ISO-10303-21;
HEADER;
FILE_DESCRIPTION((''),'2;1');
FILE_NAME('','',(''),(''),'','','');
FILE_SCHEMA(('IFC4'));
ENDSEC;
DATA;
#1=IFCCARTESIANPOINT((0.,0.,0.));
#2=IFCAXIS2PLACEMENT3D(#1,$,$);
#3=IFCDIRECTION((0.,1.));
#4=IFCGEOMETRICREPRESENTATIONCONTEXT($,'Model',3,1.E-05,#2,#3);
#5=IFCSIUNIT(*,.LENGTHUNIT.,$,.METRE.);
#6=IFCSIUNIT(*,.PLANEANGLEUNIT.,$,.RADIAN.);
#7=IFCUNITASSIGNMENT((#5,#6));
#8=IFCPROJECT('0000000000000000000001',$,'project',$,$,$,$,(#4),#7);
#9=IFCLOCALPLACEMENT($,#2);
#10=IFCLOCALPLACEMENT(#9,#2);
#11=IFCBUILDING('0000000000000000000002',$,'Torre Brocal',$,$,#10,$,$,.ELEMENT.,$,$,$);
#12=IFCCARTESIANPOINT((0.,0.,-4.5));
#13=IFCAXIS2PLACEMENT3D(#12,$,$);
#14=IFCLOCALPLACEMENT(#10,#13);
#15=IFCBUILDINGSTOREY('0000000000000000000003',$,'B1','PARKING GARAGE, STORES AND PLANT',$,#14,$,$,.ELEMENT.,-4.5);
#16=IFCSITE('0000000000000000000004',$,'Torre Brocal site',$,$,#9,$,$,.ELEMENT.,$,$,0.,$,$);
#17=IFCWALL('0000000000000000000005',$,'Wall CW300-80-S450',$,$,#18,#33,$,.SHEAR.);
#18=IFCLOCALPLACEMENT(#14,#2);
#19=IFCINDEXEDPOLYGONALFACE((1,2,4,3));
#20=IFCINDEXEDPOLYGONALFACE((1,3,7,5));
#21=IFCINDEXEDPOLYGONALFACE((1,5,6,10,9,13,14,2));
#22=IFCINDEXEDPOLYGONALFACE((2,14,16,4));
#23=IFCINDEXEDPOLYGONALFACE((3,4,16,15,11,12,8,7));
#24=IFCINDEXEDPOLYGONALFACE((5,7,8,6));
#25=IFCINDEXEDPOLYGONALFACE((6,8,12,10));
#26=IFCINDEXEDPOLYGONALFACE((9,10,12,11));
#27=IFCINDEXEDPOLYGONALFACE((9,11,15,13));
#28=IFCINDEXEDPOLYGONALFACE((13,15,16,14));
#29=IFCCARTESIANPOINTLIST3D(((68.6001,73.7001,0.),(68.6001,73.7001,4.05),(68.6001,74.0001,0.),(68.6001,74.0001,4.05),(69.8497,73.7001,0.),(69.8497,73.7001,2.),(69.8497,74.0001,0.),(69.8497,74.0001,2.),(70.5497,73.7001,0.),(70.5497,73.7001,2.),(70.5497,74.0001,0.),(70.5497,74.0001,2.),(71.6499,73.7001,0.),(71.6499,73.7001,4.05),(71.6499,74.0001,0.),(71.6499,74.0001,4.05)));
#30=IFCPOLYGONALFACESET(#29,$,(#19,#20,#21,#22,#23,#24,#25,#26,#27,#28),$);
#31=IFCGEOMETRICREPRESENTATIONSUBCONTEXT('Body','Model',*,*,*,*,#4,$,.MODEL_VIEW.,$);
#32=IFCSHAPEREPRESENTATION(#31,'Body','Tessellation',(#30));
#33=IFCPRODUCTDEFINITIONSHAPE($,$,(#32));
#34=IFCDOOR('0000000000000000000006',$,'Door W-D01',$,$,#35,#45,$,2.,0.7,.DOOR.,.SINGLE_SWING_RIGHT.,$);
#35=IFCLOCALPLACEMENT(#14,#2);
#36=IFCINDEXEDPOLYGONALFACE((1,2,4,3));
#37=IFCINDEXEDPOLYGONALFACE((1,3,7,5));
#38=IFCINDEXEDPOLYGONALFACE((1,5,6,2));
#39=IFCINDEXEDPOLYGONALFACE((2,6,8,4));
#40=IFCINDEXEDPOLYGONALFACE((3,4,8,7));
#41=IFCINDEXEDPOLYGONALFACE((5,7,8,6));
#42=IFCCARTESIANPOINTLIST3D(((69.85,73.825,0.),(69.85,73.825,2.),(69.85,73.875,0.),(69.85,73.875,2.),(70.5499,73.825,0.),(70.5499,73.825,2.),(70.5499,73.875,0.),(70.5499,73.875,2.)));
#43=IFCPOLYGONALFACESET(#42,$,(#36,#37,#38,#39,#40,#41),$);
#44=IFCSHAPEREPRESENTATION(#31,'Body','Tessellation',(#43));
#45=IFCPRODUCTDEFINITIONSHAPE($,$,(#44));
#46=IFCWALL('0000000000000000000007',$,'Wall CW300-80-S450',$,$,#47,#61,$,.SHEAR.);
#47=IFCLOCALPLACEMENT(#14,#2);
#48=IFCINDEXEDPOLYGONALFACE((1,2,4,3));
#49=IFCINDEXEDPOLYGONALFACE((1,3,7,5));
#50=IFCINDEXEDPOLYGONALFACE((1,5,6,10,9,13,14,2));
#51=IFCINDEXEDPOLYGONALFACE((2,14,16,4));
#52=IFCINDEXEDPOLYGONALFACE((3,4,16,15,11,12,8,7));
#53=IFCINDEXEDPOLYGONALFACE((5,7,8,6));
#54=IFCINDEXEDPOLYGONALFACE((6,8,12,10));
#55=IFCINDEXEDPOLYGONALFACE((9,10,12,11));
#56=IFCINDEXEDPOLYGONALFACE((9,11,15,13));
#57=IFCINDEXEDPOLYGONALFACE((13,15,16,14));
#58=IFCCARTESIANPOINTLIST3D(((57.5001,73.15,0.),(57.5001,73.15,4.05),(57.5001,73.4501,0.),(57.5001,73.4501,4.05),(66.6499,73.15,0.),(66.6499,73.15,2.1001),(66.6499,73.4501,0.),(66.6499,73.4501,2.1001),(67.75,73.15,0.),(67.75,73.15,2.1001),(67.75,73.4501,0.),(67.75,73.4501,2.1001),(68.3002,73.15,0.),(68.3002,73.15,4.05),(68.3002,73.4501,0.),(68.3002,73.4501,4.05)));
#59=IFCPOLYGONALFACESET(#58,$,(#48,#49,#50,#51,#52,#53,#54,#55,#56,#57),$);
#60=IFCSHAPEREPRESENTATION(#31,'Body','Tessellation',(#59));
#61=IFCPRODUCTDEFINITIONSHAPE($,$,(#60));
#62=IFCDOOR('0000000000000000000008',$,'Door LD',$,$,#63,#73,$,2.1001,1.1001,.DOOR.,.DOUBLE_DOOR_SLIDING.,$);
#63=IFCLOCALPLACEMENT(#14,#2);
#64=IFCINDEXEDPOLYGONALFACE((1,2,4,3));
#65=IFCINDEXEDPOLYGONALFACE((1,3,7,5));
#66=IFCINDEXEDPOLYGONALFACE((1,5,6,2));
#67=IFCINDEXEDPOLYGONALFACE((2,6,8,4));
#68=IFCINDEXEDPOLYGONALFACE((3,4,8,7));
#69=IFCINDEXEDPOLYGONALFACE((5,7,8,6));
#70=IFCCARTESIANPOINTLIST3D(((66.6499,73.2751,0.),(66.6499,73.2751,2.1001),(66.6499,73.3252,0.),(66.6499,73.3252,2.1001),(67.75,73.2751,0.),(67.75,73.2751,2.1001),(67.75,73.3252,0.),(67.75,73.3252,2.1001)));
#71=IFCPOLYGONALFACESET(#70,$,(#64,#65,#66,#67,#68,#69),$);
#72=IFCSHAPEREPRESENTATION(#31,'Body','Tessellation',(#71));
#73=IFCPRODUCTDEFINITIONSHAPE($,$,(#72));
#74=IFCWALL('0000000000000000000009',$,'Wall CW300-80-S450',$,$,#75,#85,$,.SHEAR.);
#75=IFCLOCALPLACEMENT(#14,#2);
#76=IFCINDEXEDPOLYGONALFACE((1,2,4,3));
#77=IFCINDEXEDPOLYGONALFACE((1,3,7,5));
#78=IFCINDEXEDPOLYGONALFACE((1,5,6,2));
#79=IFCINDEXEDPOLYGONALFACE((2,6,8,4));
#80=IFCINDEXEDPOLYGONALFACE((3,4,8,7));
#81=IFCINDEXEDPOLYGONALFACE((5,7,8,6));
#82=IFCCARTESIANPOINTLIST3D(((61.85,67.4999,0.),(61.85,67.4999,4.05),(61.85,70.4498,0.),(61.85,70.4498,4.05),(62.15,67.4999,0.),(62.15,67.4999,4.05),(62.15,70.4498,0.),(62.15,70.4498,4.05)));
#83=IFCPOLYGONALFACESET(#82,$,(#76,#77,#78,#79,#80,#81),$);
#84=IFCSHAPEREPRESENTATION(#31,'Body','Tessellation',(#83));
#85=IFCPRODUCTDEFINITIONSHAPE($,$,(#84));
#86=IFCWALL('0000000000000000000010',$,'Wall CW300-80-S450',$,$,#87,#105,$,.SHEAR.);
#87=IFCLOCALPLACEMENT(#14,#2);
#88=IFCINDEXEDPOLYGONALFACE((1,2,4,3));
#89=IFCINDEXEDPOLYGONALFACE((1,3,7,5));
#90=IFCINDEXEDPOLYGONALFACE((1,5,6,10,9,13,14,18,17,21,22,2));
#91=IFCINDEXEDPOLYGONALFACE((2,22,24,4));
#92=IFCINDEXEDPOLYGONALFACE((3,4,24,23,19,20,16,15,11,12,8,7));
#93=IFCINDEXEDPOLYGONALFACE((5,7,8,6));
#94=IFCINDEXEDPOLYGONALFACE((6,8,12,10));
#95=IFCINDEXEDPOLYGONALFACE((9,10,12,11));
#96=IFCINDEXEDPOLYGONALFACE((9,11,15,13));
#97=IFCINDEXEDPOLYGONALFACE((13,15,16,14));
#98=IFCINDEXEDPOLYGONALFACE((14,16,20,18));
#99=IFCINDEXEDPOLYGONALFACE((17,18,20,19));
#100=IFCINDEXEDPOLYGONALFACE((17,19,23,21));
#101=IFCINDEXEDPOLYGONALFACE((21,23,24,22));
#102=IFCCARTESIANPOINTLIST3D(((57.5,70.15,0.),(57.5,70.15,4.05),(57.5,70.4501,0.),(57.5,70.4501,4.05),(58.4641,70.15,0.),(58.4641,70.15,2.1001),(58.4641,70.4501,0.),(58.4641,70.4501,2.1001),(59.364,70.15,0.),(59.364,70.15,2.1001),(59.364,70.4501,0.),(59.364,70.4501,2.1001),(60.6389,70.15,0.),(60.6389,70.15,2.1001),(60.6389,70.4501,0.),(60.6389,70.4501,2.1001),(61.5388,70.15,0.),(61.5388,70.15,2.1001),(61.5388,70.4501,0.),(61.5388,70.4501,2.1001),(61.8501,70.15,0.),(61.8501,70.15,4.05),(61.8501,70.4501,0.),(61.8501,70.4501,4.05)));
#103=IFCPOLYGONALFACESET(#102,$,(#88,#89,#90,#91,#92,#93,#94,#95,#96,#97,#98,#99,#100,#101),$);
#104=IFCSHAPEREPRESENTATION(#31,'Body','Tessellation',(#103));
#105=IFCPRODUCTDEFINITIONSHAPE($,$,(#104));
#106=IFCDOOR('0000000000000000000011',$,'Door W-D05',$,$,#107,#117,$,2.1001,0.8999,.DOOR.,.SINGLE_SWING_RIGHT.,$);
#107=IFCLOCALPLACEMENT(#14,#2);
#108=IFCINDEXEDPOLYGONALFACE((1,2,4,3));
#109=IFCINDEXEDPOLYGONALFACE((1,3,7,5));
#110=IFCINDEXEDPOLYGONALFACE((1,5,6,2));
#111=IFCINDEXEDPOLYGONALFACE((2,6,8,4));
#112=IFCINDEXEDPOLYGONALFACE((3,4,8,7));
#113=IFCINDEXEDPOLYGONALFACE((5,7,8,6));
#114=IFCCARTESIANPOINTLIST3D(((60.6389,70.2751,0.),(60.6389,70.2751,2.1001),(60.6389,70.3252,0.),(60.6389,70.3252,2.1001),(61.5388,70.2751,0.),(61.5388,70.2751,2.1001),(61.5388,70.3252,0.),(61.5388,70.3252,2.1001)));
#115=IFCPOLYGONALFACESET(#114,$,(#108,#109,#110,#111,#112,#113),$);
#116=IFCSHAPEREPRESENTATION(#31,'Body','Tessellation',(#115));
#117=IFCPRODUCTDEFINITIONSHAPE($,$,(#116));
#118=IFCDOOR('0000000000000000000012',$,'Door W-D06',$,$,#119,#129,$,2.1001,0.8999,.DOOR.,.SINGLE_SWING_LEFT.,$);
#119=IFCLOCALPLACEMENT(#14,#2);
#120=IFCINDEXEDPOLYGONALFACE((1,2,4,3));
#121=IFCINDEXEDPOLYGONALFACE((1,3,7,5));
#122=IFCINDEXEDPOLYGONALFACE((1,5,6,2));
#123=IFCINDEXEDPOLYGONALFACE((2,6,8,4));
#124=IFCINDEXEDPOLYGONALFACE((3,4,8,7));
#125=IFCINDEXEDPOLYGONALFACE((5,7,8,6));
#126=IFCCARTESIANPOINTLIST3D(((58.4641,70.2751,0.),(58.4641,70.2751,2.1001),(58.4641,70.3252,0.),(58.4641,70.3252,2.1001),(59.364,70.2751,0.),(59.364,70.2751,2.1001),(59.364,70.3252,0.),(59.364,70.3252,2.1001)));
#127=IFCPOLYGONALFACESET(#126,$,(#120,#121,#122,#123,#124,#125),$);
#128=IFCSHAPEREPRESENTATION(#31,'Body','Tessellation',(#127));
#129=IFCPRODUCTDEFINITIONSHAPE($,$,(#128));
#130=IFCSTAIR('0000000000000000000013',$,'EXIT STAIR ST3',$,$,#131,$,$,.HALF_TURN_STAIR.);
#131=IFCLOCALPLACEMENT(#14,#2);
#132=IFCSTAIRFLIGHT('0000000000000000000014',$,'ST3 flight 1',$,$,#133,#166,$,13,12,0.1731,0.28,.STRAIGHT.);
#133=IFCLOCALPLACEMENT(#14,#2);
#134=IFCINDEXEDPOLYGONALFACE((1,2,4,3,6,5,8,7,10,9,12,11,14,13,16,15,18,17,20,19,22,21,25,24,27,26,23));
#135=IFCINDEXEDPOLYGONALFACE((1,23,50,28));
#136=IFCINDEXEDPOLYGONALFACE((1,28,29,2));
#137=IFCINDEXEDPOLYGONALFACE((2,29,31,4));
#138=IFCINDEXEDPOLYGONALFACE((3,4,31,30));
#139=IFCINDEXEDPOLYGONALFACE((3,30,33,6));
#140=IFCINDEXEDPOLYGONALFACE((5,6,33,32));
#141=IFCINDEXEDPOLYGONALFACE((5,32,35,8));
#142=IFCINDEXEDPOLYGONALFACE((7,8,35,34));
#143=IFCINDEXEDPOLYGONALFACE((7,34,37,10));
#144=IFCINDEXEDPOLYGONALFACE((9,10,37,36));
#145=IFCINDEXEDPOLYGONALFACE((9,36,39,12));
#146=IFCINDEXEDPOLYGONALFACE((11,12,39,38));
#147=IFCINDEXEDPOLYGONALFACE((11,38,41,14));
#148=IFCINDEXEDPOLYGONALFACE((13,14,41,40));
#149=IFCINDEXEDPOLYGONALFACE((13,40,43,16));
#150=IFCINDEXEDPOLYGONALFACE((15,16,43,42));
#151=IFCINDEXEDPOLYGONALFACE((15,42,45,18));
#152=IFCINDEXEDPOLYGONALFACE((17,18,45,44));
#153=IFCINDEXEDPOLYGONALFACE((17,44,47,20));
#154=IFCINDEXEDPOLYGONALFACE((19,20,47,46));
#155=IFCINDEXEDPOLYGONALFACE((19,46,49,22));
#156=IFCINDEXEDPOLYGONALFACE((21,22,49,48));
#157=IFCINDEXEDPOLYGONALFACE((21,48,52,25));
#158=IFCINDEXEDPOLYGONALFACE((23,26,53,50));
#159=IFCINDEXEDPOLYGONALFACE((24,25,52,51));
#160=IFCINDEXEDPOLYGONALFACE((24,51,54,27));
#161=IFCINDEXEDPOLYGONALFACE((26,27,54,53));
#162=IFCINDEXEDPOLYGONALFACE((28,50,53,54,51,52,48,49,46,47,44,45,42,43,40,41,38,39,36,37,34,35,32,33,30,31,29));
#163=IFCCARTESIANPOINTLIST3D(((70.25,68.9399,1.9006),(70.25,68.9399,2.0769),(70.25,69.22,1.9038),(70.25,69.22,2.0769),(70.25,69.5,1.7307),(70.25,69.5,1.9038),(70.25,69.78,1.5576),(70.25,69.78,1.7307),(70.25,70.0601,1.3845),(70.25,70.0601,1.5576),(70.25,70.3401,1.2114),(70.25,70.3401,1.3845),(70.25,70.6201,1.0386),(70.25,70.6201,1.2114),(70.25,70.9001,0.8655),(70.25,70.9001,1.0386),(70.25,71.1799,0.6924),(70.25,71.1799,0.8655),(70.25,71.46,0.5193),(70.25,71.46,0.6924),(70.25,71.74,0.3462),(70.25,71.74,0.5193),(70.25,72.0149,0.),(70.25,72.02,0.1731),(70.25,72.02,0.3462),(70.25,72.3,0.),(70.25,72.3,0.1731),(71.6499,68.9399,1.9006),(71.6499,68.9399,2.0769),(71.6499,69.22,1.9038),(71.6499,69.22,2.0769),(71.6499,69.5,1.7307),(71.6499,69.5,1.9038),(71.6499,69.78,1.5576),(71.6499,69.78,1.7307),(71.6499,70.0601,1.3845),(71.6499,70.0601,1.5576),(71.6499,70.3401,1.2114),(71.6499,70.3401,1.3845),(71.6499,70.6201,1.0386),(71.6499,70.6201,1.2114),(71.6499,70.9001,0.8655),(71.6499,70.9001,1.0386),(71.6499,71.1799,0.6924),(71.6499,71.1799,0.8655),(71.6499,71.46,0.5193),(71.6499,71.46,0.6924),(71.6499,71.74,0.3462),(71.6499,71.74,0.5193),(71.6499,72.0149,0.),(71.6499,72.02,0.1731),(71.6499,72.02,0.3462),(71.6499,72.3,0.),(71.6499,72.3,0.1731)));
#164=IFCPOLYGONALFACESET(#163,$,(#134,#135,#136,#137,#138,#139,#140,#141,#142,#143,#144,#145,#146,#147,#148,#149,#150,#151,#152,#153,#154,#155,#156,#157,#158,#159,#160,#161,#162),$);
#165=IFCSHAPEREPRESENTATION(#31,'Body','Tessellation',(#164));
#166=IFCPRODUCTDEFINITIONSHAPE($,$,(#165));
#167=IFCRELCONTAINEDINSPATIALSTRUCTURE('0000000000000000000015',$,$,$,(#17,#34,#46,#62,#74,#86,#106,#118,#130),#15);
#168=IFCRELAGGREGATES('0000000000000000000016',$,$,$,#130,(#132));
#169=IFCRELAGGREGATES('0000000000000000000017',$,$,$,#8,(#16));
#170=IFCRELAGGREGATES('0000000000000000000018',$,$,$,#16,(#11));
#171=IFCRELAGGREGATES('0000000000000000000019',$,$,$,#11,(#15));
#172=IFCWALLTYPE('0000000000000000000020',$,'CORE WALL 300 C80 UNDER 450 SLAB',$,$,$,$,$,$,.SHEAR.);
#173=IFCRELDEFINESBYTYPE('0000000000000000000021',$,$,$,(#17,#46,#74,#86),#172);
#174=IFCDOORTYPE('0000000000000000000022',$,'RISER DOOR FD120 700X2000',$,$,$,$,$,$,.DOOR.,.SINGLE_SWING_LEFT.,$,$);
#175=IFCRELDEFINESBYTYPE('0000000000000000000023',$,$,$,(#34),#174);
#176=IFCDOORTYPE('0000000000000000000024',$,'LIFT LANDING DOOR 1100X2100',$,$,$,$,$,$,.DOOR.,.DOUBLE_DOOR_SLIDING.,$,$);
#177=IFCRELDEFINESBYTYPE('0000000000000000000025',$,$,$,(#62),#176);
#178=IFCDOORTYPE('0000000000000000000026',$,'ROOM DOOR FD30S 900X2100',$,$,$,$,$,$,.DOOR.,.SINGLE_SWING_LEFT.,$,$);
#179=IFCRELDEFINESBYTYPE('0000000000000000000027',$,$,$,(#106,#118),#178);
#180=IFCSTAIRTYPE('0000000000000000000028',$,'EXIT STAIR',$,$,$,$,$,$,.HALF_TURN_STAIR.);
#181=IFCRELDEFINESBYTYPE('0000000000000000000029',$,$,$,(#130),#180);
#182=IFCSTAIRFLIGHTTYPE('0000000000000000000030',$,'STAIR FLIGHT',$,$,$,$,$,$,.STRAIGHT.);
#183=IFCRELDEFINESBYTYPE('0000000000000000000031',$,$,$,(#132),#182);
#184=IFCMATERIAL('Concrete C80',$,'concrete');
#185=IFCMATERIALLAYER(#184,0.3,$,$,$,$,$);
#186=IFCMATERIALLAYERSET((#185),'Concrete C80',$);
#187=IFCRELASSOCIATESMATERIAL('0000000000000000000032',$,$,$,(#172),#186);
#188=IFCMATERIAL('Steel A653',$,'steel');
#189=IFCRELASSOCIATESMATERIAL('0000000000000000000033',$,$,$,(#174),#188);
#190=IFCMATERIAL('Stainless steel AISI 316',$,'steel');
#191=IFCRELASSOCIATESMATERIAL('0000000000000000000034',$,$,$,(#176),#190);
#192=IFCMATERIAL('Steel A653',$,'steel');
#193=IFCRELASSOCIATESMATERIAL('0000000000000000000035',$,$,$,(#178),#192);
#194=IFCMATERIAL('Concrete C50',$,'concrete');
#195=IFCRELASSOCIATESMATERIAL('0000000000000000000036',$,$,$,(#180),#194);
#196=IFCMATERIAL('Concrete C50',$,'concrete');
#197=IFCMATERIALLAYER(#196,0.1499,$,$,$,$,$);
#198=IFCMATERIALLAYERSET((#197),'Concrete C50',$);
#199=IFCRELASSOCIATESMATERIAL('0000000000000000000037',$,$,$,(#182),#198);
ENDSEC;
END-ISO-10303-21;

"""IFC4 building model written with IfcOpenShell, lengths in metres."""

from ifc_helpers import new_model, si_unit, direction, frame, frame_2d, origin, place, context, subcontext, project, spatial, polyline, rectangle, outline, extrude, material, layer, layer_set, type_object, element, fill, aggregate, save


model = new_model("IFC4")

# Units and contexts
model_context = context("Model", 3, precision=1e-05, world=origin(), true_north=direction((0.0, 1.0)))
body_context = subcontext(model_context, "Body", "Model", "MODEL_VIEW")
ifc_project = project(units=[si_unit("LENGTHUNIT", "METRE"), si_unit("PLANEANGLEUNIT", "RADIAN")], contexts=[model_context])

# Site, building, storey
site_placement = place(None, origin())
site = spatial("IfcSite", under=ifc_project, at=site_placement, Name="Torre Brocal site", CompositionType="ELEMENT", RefElevation=0.0)
building_placement = place(site_placement, origin())
building = spatial("IfcBuilding", under=site, at=building_placement, Name="Torre Brocal", CompositionType="ELEMENT")
storey_placement = place(building_placement, frame((0.0, 0.0, -4.5)))
storey = spatial("IfcBuildingStorey", under=building, at=storey_placement, Name="B1", Description="PARKING GARAGE, STORES AND PLANT", CompositionType="ELEMENT", Elevation=-4.5)

# Walls, openings, doors
ifc_material_1 = material(Name="Concrete C80", Category="concrete")
ifc_layer_1 = layer(ifc_material_1, 0.3)
ifc_layer_set_1 = layer_set([ifc_layer_1], Name="Concrete C80")
wall_type_1 = type_object("IfcWallType", Name="CORE WALL 300 C80 UNDER 450 SLAB", PredefinedType="SHEAR", material=ifc_layer_set_1)
wall_1_placement = place(storey_placement, frame((71.6499, 73.8501, 0.0), z_axis=(0.0, 0.0, 1.0), x_axis=(-1.0, 0.0, 0.0)))
wall_1 = element("IfcWall", 1, at=wall_1_placement, inside=storey, type_object=wall_type_1, Name="Wall CW300-80-S450", PredefinedType="SHEAR", context=body_context, shape_type="SweptSolid", body=[
    extrude(rectangle(XDim=3.0498, YDim=0.3, at=frame_2d((1.5249, 0.0))), origin(), (0.0, 0.0, 1.0), 4.05),
])
opening_1_placement = place(wall_1_placement, frame((1.1001, 0.0, 0.0)))
opening_1 = element("IfcOpeningElement", 2, at=opening_1_placement, cuts=wall_1, PredefinedType="OPENING", context=body_context, shape_type="SweptSolid", body=[
    extrude(rectangle(XDim=0.7, YDim=2.0, at=frame_2d((0.3501, 1.0))), frame((0.0, 0.1599, 0.0), z_axis=(0.0, -1.0, 0.0), x_axis=(1.0, 0.0, 0.0)), (0.0, 0.0, 1.0), 0.3201),
])
ifc_material_2 = material(Name="Steel A653", Category="steel")
door_type_1 = type_object("IfcDoorType", Name="RISER DOOR FD120 700X2000", OperationType="SINGLE_SWING_LEFT", PredefinedType="DOOR", material=ifc_material_2)
door_1_placement = place(opening_1_placement, frame((0.7, 0.0, 0.0), z_axis=(0.0, 0.0, 1.0), x_axis=(-1.0, 0.0, 0.0)))
door_1 = element("IfcDoor", 3, at=door_1_placement, inside=storey, type_object=door_type_1, Name="Door W-D01", OperationType="SINGLE_SWING_RIGHT", OverallHeight=2.0, OverallWidth=0.7, PredefinedType="DOOR", context=body_context, shape_type="SweptSolid", body=[
    extrude(rectangle(XDim=0.7, YDim=2.0, at=frame_2d((0.3501, 1.0))), frame((0.0, 0.0249, 0.0), z_axis=(0.0, -1.0, 0.0), x_axis=(1.0, 0.0, 0.0)), (0.0, 0.0, 1.0), 0.05),
])
fill(opening_1, door_1)
wall_2_placement = place(storey_placement, frame((68.3, 73.3, 0.0), z_axis=(0.0, 0.0, 1.0), x_axis=(-1.0, 0.0, 0.0)))
wall_2 = element("IfcWall", 4, at=wall_2_placement, inside=storey, type_object=wall_type_1, Name="Wall CW300-80-S450", PredefinedType="SHEAR", context=body_context, shape_type="SweptSolid", body=[
    extrude(rectangle(XDim=10.8, YDim=0.3, at=frame_2d((5.3999, 0.0))), origin(), (0.0, 0.0, 1.0), 4.05),
])
opening_2_placement = place(wall_2_placement, frame((0.55, 0.0, 0.0)))
opening_2 = element("IfcOpeningElement", 5, at=opening_2_placement, cuts=wall_2, PredefinedType="OPENING", context=body_context, shape_type="SweptSolid", body=[
    extrude(rectangle(XDim=1.1001, YDim=2.1001, at=frame_2d((0.55, 1.05))), frame((0.0, 0.1599, 0.0), z_axis=(0.0, -1.0, 0.0), x_axis=(1.0, 0.0, 0.0)), (0.0, 0.0, 1.0), 0.3201),
])
ifc_material_3 = material(Name="Stainless steel AISI 316", Category="steel")
door_type_2 = type_object("IfcDoorType", Name="LIFT LANDING DOOR 1100X2100", OperationType="DOUBLE_DOOR_SLIDING", PredefinedType="DOOR", material=ifc_material_3)
door_2_placement = place(opening_2_placement, origin())
door_2 = element("IfcDoor", 6, at=door_2_placement, inside=storey, type_object=door_type_2, Name="Door LD", OperationType="DOUBLE_DOOR_SLIDING", OverallHeight=2.1001, OverallWidth=1.1001, PredefinedType="DOOR", context=body_context, shape_type="SweptSolid", body=[
    extrude(rectangle(XDim=1.1001, YDim=2.1001, at=frame_2d((0.55, 1.05))), frame((0.0, 0.0249, 0.0), z_axis=(0.0, -1.0, 0.0), x_axis=(1.0, 0.0, 0.0)), (0.0, 0.0, 1.0), 0.05),
])
fill(opening_2, door_2)

# Wall
wall_3_placement = place(storey_placement, frame((62.0, 70.45, 0.0), z_axis=(0.0, 0.0, 1.0), x_axis=(0.0, -1.0, 0.0)))
element("IfcWall", 7, at=wall_3_placement, inside=storey, type_object=wall_type_1, Name="Wall CW300-80-S450", PredefinedType="SHEAR", context=body_context, shape_type="SweptSolid", body=[
    extrude(rectangle(XDim=2.95, YDim=0.3, at=frame_2d((1.4751, 0.0))), origin(), (0.0, 0.0, 1.0), 4.05),
])

# Wall, openings, doors
wall_4_placement = place(storey_placement, frame((61.8501, 70.3, 0.0), z_axis=(0.0, 0.0, 1.0), x_axis=(-1.0, 0.0, 0.0)))
wall_4 = element("IfcWall", 8, at=wall_4_placement, inside=storey, type_object=wall_type_1, Name="Wall CW300-80-S450", PredefinedType="SHEAR", context=body_context, shape_type="SweptSolid", body=[
    extrude(rectangle(XDim=4.3501, YDim=0.3, at=frame_2d((2.175, 0.0))), origin(), (0.0, 0.0, 1.0), 4.05),
])
opening_3_placement = place(wall_4_placement, frame((0.3113, 0.0, 0.0)))
opening_3 = element("IfcOpeningElement", 9, at=opening_3_placement, cuts=wall_4, PredefinedType="OPENING", context=body_context, shape_type="SweptSolid", body=[
    extrude(rectangle(XDim=0.8999, YDim=2.1001, at=frame_2d((0.45, 1.05))), frame((0.0, 0.1599, 0.0), z_axis=(0.0, -1.0, 0.0), x_axis=(1.0, 0.0, 0.0)), (0.0, 0.0, 1.0), 0.3201),
])
opening_4_placement = place(wall_4_placement, frame((2.4861, 0.0, 0.0)))
opening_4 = element("IfcOpeningElement", 10, at=opening_4_placement, cuts=wall_4, PredefinedType="OPENING", context=body_context, shape_type="SweptSolid", body=[
    extrude(rectangle(XDim=0.8999, YDim=2.1001, at=frame_2d((0.45, 1.05))), frame((0.0, 0.1599, 0.0), z_axis=(0.0, -1.0, 0.0), x_axis=(1.0, 0.0, 0.0)), (0.0, 0.0, 1.0), 0.3201),
])
ifc_material_4 = material(Name="Steel A653", Category="steel")
door_type_3 = type_object("IfcDoorType", Name="ROOM DOOR FD30S 900X2100", OperationType="SINGLE_SWING_LEFT", PredefinedType="DOOR", material=ifc_material_4)
door_3_placement = place(opening_3_placement, origin())
door_3 = element("IfcDoor", 11, at=door_3_placement, inside=storey, type_object=door_type_3, Name="Door W-D05", OperationType="SINGLE_SWING_RIGHT", OverallHeight=2.1001, OverallWidth=0.8999, PredefinedType="DOOR", context=body_context, shape_type="SweptSolid", body=[
    extrude(rectangle(XDim=0.8999, YDim=2.1001, at=frame_2d((0.45, 1.05))), frame((0.0, 0.0249, 0.0), z_axis=(0.0, -1.0, 0.0), x_axis=(1.0, 0.0, 0.0)), (0.0, 0.0, 1.0), 0.05),
])
fill(opening_3, door_3)
door_4_placement = place(opening_4_placement, origin())
door_4 = element("IfcDoor", 12, at=door_4_placement, inside=storey, type_object=door_type_3, Name="Door W-D06", OperationType="SINGLE_SWING_LEFT", OverallHeight=2.1001, OverallWidth=0.8999, PredefinedType="DOOR", context=body_context, shape_type="SweptSolid", body=[
    extrude(rectangle(XDim=0.8999, YDim=2.1001, at=frame_2d((0.45, 1.05))), frame((0.0, 0.0249, 0.0), z_axis=(0.0, -1.0, 0.0), x_axis=(1.0, 0.0, 0.0)), (0.0, 0.0, 1.0), 0.05),
])
fill(opening_4, door_4)

# Stair, stair flight
ifc_material_5 = material(Name="Concrete C50", Category="concrete")
stair_type = type_object("IfcStairType", Name="EXIT STAIR", PredefinedType="HALF_TURN_STAIR", material=ifc_material_5)
stair_placement = place(storey_placement, origin())
stair = element("IfcStair", 13, at=stair_placement, inside=storey, type_object=stair_type, Name="EXIT STAIR ST3", PredefinedType="HALF_TURN_STAIR")
ifc_material_6 = material(Name="Concrete C50", Category="concrete")
ifc_layer_2 = layer(ifc_material_6, 0.1499)
ifc_layer_set_2 = layer_set([ifc_layer_2], Name="Concrete C50")
stair_flight_type = type_object("IfcStairFlightType", Name="STAIR FLIGHT", PredefinedType="STRAIGHT", material=ifc_layer_set_2)
stair_flight_1_placement = place(storey_placement, frame((70.95, 72.3, 0.0), z_axis=(0.0, 0.0, 1.0), x_axis=(0.0, -1.0, 0.0)))
stair_flight_1 = element("IfcStairFlight", 14, at=stair_flight_1_placement, type_object=stair_flight_type, Name="ST3 flight 1", NumberOfRisers=13, NumberOfTreads=12, PredefinedType="STRAIGHT", RiserHeight=0.1731, TreadLength=0.28, context=body_context, shape_type="SweptSolid", body=[
    extrude(outline(polyline([(0.0, 0.0), (0.0, 0.1731), (0.28, 0.1731), (0.28, 0.3462), (0.5601, 0.3462), (0.5601, 0.5193), (0.8401, 0.5193), (0.8401, 0.6924), (1.1201, 0.6924), (1.1201, 0.8655), (1.3999, 0.8655), (1.3999, 1.0386), (1.6799, 1.0386), (1.6799, 1.2114), (1.96, 1.2114), (1.96, 1.3845), (2.24, 1.3845), (2.24, 1.5576), (2.52, 1.5576), (2.52, 1.7307), (2.8, 1.7307), (2.8, 1.9038), (3.0801, 1.9038), (3.0801, 2.0769), (3.3601, 2.0769), (3.3601, 2.25), (3.3601, 1.9006), (0.2852, 0.0), (0.0, 0.0)])), frame((0.0, 0.7, 0.0), z_axis=(0.0, -1.0, 0.0), x_axis=(1.0, 0.0, 0.0)), (0.0, 0.0, 1.0), 1.3999),
])
aggregate(stair, [stair_flight_1])

save(model, "model.ifc")
